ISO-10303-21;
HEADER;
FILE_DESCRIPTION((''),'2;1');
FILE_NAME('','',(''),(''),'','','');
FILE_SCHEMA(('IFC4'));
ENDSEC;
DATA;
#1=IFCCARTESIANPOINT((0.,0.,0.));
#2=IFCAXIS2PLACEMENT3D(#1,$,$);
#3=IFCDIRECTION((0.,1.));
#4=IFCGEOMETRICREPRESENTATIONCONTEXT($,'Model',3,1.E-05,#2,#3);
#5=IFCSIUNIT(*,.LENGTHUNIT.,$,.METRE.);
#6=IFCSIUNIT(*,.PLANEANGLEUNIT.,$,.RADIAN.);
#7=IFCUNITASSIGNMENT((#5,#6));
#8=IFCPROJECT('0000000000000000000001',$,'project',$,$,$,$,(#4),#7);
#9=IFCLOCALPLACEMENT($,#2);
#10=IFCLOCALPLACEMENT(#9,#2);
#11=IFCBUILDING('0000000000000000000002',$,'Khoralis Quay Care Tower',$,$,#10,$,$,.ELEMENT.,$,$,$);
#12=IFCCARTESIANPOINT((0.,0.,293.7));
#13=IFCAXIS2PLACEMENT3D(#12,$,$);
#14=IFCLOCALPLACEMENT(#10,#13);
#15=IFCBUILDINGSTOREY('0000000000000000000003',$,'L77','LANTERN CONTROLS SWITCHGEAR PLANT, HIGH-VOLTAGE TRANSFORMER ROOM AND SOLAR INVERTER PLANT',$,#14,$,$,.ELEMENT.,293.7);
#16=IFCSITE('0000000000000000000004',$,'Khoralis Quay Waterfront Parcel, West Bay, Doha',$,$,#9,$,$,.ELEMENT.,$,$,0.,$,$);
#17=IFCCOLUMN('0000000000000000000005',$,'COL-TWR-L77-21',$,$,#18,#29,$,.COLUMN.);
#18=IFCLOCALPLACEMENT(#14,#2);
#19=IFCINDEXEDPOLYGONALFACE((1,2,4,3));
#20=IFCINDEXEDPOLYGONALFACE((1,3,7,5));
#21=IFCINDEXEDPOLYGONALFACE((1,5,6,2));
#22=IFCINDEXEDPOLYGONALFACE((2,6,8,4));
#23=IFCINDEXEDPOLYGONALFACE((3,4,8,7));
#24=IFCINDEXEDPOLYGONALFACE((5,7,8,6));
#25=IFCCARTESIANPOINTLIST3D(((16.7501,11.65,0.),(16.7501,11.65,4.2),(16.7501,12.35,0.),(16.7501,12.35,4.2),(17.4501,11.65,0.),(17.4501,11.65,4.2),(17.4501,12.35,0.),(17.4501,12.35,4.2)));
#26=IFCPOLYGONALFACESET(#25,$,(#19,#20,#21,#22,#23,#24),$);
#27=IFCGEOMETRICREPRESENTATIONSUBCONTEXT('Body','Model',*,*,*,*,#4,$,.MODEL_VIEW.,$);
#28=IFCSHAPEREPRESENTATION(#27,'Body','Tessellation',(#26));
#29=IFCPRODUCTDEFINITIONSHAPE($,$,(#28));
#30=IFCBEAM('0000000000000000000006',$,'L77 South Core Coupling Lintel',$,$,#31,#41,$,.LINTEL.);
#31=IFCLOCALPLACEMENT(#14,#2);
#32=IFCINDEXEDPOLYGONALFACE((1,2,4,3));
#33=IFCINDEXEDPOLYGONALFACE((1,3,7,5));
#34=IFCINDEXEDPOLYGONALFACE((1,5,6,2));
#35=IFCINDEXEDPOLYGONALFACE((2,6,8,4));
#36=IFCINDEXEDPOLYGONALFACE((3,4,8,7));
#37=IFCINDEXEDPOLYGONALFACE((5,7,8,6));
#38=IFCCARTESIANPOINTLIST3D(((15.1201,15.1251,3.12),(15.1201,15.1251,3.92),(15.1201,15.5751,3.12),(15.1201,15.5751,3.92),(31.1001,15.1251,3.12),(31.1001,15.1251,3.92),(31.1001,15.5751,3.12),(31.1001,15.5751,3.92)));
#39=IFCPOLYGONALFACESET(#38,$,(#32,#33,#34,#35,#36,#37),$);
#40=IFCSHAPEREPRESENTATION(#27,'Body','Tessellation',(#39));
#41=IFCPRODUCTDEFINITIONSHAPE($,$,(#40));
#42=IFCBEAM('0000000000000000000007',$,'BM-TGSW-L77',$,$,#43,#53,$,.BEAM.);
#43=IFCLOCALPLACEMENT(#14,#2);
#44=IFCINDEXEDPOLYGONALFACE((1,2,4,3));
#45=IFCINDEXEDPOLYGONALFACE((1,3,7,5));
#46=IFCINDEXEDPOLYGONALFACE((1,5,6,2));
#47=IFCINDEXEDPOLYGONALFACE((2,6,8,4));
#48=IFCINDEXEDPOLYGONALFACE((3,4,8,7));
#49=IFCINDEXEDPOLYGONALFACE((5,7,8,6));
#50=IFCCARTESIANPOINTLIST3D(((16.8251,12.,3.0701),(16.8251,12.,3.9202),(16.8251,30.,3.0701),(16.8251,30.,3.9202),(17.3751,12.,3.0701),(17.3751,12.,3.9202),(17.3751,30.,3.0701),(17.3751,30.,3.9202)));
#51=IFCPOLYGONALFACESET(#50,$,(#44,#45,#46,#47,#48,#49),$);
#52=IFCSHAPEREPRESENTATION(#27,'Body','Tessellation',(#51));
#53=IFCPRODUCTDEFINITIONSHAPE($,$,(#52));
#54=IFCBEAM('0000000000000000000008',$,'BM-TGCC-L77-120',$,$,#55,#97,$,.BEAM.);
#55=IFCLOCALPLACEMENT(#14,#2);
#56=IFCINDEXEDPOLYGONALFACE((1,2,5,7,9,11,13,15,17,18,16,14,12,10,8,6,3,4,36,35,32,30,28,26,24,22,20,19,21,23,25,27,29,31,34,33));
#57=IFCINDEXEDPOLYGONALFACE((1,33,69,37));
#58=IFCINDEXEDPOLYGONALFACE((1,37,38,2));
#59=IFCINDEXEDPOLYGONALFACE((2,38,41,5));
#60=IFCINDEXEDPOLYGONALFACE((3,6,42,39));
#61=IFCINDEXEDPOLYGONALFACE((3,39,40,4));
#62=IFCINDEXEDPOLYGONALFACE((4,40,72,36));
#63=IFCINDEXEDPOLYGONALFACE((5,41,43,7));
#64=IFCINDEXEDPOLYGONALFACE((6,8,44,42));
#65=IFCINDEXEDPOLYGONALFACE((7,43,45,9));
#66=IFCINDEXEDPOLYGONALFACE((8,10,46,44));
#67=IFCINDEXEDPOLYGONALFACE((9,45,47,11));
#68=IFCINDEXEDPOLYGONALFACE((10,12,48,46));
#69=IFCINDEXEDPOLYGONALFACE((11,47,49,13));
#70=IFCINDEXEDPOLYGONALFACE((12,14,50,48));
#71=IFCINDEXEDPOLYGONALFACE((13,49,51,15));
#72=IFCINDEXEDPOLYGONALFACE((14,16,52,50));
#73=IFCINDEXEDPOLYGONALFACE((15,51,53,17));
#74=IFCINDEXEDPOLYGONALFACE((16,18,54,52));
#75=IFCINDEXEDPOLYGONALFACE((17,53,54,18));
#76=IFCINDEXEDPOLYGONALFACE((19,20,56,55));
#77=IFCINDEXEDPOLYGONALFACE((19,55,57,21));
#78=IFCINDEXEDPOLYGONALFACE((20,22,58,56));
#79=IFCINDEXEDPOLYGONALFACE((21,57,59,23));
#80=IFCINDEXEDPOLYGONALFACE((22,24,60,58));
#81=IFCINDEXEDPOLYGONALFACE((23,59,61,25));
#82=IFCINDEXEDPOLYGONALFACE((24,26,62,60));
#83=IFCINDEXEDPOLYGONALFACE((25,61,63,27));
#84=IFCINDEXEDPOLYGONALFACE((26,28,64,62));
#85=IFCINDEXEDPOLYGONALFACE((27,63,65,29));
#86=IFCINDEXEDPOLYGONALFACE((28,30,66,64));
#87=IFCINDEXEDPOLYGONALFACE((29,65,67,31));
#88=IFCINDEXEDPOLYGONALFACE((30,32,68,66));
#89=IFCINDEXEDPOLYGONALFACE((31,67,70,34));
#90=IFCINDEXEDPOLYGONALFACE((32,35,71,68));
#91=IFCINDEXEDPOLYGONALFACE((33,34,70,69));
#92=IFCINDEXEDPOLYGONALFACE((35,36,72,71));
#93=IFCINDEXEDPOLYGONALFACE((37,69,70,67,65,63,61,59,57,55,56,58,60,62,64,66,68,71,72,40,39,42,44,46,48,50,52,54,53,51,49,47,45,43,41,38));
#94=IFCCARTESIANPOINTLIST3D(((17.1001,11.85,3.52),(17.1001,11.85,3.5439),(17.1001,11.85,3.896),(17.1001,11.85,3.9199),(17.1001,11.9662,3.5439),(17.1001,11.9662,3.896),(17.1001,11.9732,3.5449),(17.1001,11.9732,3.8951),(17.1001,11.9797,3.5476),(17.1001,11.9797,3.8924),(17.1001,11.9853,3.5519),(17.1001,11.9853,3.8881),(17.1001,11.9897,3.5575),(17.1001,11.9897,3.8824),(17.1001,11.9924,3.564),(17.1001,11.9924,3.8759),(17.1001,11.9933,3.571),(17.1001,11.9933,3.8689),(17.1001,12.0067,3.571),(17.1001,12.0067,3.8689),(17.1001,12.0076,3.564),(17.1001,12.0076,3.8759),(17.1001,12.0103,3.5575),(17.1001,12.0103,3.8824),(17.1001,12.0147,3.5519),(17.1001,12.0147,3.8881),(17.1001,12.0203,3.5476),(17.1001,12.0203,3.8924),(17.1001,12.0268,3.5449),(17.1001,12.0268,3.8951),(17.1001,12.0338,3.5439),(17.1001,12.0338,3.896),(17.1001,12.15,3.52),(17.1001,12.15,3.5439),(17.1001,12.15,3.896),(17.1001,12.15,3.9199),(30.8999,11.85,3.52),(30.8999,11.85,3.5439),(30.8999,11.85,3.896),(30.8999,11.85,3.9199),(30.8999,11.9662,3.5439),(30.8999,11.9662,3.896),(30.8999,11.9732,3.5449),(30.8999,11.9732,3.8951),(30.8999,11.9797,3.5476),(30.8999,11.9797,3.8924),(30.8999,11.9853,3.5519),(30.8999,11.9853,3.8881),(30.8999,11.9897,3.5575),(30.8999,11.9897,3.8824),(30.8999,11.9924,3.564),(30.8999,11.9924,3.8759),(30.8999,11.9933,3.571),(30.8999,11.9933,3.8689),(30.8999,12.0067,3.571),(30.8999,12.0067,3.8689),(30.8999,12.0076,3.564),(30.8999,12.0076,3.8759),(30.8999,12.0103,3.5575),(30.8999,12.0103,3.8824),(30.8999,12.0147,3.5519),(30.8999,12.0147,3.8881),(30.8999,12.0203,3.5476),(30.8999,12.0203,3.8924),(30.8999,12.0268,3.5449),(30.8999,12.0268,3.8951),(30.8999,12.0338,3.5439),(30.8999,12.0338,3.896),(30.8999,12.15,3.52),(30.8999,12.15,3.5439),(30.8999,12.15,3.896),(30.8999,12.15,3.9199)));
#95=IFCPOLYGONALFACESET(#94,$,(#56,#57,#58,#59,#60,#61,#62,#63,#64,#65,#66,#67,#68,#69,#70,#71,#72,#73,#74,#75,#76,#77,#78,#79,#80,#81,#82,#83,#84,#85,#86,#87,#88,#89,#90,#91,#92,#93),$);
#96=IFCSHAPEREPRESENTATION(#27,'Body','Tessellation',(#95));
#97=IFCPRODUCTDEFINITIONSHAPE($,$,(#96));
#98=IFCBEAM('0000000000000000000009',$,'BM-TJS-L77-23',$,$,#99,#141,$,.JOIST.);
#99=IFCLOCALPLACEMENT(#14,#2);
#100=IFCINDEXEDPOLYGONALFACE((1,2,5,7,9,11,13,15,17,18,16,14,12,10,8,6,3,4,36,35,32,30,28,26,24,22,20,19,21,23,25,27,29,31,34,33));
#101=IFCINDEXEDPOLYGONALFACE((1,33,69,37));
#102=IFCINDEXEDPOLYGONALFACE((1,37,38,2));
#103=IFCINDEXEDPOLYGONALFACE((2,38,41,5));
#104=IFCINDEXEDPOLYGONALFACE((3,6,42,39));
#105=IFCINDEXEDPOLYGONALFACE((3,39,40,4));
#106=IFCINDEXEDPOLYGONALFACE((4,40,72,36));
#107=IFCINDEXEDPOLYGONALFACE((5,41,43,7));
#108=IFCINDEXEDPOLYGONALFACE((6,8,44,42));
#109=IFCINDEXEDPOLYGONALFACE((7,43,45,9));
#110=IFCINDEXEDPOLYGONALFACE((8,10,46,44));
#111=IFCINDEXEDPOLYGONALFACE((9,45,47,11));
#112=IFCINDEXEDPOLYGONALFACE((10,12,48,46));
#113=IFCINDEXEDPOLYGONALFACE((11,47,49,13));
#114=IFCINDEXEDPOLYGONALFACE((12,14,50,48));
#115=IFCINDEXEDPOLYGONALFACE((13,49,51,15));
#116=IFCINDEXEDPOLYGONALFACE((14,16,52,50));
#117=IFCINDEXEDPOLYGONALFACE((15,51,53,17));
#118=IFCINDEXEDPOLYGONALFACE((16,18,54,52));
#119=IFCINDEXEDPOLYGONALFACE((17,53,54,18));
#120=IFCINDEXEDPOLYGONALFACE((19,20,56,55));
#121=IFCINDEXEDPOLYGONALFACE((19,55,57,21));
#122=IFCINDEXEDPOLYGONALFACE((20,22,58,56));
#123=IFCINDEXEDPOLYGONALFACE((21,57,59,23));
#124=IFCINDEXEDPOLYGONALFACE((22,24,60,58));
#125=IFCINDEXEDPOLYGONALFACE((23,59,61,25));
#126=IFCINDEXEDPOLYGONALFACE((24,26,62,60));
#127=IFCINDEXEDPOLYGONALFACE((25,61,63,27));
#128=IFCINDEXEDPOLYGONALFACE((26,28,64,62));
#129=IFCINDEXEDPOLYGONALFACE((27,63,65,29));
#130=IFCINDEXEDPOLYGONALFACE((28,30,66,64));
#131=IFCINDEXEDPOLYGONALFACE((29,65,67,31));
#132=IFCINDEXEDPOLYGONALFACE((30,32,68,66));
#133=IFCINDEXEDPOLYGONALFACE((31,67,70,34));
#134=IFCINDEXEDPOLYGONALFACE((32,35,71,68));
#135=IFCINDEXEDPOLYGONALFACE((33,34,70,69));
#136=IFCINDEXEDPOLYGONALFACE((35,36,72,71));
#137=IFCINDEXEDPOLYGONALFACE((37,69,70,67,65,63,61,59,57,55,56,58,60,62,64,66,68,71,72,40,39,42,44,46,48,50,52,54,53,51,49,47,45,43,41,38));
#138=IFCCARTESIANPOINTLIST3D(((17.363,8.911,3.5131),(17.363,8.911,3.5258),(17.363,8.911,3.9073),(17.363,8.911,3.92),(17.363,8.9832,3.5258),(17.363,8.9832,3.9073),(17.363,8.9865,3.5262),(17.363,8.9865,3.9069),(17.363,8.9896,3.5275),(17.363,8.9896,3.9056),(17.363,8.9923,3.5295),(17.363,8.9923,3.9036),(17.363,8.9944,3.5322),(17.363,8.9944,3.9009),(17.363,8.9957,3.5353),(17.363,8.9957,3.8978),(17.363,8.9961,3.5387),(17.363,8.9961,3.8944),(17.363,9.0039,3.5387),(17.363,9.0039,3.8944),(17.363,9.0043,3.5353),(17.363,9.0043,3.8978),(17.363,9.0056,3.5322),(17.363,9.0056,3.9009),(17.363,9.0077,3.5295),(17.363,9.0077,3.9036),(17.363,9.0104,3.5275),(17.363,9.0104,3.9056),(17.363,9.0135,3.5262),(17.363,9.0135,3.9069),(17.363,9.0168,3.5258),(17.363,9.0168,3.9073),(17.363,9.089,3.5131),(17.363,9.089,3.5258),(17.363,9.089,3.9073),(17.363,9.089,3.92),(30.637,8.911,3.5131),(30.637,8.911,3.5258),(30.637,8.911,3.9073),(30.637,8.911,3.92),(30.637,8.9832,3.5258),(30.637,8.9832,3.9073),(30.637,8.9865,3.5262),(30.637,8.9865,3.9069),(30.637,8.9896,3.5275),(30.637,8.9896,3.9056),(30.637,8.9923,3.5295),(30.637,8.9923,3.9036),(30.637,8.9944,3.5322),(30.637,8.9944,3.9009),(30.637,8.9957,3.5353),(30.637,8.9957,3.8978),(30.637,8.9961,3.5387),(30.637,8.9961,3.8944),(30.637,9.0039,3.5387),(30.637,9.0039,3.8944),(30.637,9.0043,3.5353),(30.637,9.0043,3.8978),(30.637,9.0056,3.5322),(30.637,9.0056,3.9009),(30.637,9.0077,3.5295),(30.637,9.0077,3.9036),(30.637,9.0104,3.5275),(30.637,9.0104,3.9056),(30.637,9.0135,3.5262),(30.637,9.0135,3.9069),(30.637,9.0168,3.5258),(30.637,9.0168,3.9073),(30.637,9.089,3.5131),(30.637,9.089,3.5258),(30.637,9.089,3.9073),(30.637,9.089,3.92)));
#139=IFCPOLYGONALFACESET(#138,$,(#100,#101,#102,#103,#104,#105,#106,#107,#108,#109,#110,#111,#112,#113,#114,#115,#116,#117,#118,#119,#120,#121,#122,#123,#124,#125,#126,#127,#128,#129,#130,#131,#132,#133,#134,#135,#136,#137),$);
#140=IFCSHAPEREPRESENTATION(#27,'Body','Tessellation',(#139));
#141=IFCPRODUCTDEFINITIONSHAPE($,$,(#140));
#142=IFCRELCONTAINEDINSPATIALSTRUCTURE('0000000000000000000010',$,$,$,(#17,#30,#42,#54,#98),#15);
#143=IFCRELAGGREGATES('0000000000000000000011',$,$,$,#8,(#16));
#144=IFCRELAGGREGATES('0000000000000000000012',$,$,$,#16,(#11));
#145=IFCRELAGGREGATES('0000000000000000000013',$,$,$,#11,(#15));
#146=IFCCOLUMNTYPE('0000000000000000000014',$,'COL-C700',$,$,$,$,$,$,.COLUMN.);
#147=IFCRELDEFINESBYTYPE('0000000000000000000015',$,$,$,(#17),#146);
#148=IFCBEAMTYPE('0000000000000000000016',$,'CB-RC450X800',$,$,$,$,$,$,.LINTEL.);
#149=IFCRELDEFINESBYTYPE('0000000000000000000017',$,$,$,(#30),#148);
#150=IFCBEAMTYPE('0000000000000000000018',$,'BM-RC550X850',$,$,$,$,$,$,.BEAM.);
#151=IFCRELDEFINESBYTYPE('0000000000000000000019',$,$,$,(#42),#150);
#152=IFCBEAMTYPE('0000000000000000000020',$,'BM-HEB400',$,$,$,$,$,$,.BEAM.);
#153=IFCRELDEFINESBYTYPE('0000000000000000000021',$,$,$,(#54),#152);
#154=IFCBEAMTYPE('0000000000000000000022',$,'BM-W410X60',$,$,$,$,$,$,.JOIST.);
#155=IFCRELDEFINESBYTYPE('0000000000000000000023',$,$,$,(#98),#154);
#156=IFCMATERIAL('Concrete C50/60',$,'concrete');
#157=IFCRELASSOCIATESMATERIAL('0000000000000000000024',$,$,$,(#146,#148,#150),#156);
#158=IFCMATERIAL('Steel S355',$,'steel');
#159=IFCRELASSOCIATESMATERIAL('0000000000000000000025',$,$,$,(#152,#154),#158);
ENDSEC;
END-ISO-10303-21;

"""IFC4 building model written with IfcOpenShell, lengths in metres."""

from ifc_helpers import new_model, si_unit, direction, frame, origin, origin_2d, place, context, subcontext, project, spatial, rectangle, i_section, extrude, source, transform, mapped, material, material_profile, profile_set, type_object, element, save


model = new_model("IFC4")

# Units and contexts
model_context = context("Model", 3, precision=1e-05, world=origin(), true_north=direction((0.0, 1.0)))
body_context = subcontext(model_context, "Body", "Model", "MODEL_VIEW")
ifc_project = project(units=[si_unit("LENGTHUNIT", "METRE"), si_unit("PLANEANGLEUNIT", "RADIAN")], contexts=[model_context])

# Site, building, storey
site_placement = place(None, origin())
site = spatial("IfcSite", under=ifc_project, at=site_placement, Name="Khoralis Quay Waterfront Parcel, West Bay, Doha", CompositionType="ELEMENT", RefElevation=0.0)
building_placement = place(site_placement, origin())
building = spatial("IfcBuilding", under=site, at=building_placement, Name="Khoralis Quay Care Tower", CompositionType="ELEMENT")
storey_placement = place(building_placement, frame((0.0, 0.0, 293.7)))
storey = spatial("IfcBuildingStorey", under=building, at=storey_placement, Name="L77", Description="LANTERN CONTROLS SWITCHGEAR PLANT, HIGH-VOLTAGE TRANSFORMER ROOM AND SOLAR INVERTER PLANT", CompositionType="ELEMENT", Elevation=293.7)

# Column
ifc_material_1 = material(Name="Concrete C50/60", Category="concrete")
ifc_material_profile_1 = material_profile(ifc_material_1, rectangle(XDim=0.7, YDim=0.7, at=origin_2d()), Name="Concrete C50/60")
ifc_profile_set_1 = profile_set([ifc_material_profile_1], Name="Concrete C50/60")
column_type = type_object("IfcColumnType", Name="COL-C700", PredefinedType="COLUMN", material=ifc_profile_set_1)
shared_shape_1 = source(origin(), body_context, "Body", "SweptSolid", [
    extrude(rectangle(XDim=0.7, YDim=0.7, at=origin_2d()), origin(), (0.0, 0.0, 1.0), 4.2),
])
column_placement = place(storey_placement, frame((17.1001, 12.0, 0.0), z_axis=(0.0, 0.0, 1.0), x_axis=(1.0, 0.0, 0.0)))
element("IfcColumn", 1, at=column_placement, inside=storey, type_object=column_type, Name="COL-TWR-L77-21", PredefinedType="COLUMN", context=body_context, shape_type="MappedRepresentation", body=[
    mapped(shared_shape_1, transform((0.0, 0.0, 0.0), scale=1.0)),
])

# Beams
ifc_material_profile_2 = material_profile(ifc_material_1, rectangle(XDim=0.45, YDim=0.8, at=origin_2d()), Name="Concrete C50/60")
ifc_profile_set_2 = profile_set([ifc_material_profile_2], Name="Concrete C50/60")
beam_type_1 = type_object("IfcBeamType", Name="CB-RC450X800", PredefinedType="LINTEL", material=ifc_profile_set_2)
shared_shape_2 = source(origin(), body_context, "Body", "SweptSolid", [
    extrude(rectangle(XDim=0.45, YDim=0.8, at=origin_2d()), origin(), (0.0, 0.0, 1.0), 15.98),
])
beam_1_placement = place(storey_placement, frame((15.1201, 15.3501, 3.52), z_axis=(1.0, 0.0, 0.0), x_axis=(0.0, 1.0, 0.0)))
element("IfcBeam", 2, at=beam_1_placement, inside=storey, type_object=beam_type_1, Name="L77 South Core Coupling Lintel", PredefinedType="LINTEL", context=body_context, shape_type="MappedRepresentation", body=[
    mapped(shared_shape_2, transform((0.0, 0.0, 0.0), scale=1.0)),
])
ifc_material_profile_3 = material_profile(ifc_material_1, rectangle(XDim=0.55, YDim=0.8501, at=origin_2d()), Name="Concrete C50/60")
ifc_profile_set_3 = profile_set([ifc_material_profile_3], Name="Concrete C50/60")
beam_type_2 = type_object("IfcBeamType", Name="BM-RC550X850", PredefinedType="BEAM", material=ifc_profile_set_3)
shared_shape_3 = source(origin(), body_context, "Body", "SweptSolid", [
    extrude(rectangle(XDim=0.55, YDim=0.8501, at=origin_2d()), origin(), (0.0, 0.0, 1.0), 18.0),
])
beam_2_placement = place(storey_placement, frame((17.1001, 12.0, 3.4951), z_axis=(0.0, 1.0, 0.0), x_axis=(-1.0, 0.0, 0.0)))
element("IfcBeam", 3, at=beam_2_placement, inside=storey, type_object=beam_type_2, Name="BM-TGSW-L77", PredefinedType="BEAM", context=body_context, shape_type="MappedRepresentation", body=[
    mapped(shared_shape_3, transform((0.0, 0.0, 0.0), scale=1.0)),
])
ifc_material_2 = material(Name="Steel S355", Category="steel")
ifc_material_profile_4 = material_profile(ifc_material_2, i_section(OverallWidth=0.3, OverallDepth=0.3999, WebThickness=0.0134, FlangeThickness=0.0239, FilletRadius=0.0271, at=origin_2d()), Name="Steel S355")
ifc_profile_set_4 = profile_set([ifc_material_profile_4], Name="Steel S355")
beam_type_3 = type_object("IfcBeamType", Name="BM-HEB400", PredefinedType="BEAM", material=ifc_profile_set_4)
shared_shape_4 = source(origin(), body_context, "Body", "SweptSolid", [
    extrude(i_section(OverallWidth=0.3, OverallDepth=0.3999, WebThickness=0.0134, FlangeThickness=0.0239, FilletRadius=0.0271, at=origin_2d()), origin(), (0.0, 0.0, 1.0), 13.7998),
])
beam_3_placement = place(storey_placement, frame((17.1001, 12.0, 3.72), z_axis=(1.0, 0.0, 0.0), x_axis=(0.0, 1.0, 0.0)))
element("IfcBeam", 4, at=beam_3_placement, inside=storey, type_object=beam_type_3, Name="BM-TGCC-L77-120", PredefinedType="BEAM", context=body_context, shape_type="MappedRepresentation", body=[
    mapped(shared_shape_4, transform((0.0, 0.0, 0.0), scale=1.0)),
])
ifc_material_profile_5 = material_profile(ifc_material_2, i_section(OverallWidth=0.178, OverallDepth=0.407, WebThickness=0.0078, FlangeThickness=0.0127, FilletRadius=0.0129, at=origin_2d()), Name="Steel S355")
ifc_profile_set_5 = profile_set([ifc_material_profile_5], Name="Steel S355")
beam_type_4 = type_object("IfcBeamType", Name="BM-W410X60", PredefinedType="JOIST", material=ifc_profile_set_5)
shared_shape_5 = source(origin(), body_context, "Body", "SweptSolid", [
    extrude(i_section(OverallWidth=0.178, OverallDepth=0.407, WebThickness=0.0078, FlangeThickness=0.0127, FilletRadius=0.0129, at=origin_2d()), origin(), (0.0, 0.0, 1.0), 13.2739),
])
beam_4_placement = place(storey_placement, frame((17.363, 9.0, 3.7166), z_axis=(1.0, 0.0, 0.0), x_axis=(0.0, 1.0, 0.0)))
element("IfcBeam", 5, at=beam_4_placement, inside=storey, type_object=beam_type_4, Name="BM-TJS-L77-23", PredefinedType="JOIST", context=body_context, shape_type="MappedRepresentation", body=[
    mapped(shared_shape_5, transform((0.0, 0.0, 0.0), scale=1.0)),
])

save(model, "model.ifc")
